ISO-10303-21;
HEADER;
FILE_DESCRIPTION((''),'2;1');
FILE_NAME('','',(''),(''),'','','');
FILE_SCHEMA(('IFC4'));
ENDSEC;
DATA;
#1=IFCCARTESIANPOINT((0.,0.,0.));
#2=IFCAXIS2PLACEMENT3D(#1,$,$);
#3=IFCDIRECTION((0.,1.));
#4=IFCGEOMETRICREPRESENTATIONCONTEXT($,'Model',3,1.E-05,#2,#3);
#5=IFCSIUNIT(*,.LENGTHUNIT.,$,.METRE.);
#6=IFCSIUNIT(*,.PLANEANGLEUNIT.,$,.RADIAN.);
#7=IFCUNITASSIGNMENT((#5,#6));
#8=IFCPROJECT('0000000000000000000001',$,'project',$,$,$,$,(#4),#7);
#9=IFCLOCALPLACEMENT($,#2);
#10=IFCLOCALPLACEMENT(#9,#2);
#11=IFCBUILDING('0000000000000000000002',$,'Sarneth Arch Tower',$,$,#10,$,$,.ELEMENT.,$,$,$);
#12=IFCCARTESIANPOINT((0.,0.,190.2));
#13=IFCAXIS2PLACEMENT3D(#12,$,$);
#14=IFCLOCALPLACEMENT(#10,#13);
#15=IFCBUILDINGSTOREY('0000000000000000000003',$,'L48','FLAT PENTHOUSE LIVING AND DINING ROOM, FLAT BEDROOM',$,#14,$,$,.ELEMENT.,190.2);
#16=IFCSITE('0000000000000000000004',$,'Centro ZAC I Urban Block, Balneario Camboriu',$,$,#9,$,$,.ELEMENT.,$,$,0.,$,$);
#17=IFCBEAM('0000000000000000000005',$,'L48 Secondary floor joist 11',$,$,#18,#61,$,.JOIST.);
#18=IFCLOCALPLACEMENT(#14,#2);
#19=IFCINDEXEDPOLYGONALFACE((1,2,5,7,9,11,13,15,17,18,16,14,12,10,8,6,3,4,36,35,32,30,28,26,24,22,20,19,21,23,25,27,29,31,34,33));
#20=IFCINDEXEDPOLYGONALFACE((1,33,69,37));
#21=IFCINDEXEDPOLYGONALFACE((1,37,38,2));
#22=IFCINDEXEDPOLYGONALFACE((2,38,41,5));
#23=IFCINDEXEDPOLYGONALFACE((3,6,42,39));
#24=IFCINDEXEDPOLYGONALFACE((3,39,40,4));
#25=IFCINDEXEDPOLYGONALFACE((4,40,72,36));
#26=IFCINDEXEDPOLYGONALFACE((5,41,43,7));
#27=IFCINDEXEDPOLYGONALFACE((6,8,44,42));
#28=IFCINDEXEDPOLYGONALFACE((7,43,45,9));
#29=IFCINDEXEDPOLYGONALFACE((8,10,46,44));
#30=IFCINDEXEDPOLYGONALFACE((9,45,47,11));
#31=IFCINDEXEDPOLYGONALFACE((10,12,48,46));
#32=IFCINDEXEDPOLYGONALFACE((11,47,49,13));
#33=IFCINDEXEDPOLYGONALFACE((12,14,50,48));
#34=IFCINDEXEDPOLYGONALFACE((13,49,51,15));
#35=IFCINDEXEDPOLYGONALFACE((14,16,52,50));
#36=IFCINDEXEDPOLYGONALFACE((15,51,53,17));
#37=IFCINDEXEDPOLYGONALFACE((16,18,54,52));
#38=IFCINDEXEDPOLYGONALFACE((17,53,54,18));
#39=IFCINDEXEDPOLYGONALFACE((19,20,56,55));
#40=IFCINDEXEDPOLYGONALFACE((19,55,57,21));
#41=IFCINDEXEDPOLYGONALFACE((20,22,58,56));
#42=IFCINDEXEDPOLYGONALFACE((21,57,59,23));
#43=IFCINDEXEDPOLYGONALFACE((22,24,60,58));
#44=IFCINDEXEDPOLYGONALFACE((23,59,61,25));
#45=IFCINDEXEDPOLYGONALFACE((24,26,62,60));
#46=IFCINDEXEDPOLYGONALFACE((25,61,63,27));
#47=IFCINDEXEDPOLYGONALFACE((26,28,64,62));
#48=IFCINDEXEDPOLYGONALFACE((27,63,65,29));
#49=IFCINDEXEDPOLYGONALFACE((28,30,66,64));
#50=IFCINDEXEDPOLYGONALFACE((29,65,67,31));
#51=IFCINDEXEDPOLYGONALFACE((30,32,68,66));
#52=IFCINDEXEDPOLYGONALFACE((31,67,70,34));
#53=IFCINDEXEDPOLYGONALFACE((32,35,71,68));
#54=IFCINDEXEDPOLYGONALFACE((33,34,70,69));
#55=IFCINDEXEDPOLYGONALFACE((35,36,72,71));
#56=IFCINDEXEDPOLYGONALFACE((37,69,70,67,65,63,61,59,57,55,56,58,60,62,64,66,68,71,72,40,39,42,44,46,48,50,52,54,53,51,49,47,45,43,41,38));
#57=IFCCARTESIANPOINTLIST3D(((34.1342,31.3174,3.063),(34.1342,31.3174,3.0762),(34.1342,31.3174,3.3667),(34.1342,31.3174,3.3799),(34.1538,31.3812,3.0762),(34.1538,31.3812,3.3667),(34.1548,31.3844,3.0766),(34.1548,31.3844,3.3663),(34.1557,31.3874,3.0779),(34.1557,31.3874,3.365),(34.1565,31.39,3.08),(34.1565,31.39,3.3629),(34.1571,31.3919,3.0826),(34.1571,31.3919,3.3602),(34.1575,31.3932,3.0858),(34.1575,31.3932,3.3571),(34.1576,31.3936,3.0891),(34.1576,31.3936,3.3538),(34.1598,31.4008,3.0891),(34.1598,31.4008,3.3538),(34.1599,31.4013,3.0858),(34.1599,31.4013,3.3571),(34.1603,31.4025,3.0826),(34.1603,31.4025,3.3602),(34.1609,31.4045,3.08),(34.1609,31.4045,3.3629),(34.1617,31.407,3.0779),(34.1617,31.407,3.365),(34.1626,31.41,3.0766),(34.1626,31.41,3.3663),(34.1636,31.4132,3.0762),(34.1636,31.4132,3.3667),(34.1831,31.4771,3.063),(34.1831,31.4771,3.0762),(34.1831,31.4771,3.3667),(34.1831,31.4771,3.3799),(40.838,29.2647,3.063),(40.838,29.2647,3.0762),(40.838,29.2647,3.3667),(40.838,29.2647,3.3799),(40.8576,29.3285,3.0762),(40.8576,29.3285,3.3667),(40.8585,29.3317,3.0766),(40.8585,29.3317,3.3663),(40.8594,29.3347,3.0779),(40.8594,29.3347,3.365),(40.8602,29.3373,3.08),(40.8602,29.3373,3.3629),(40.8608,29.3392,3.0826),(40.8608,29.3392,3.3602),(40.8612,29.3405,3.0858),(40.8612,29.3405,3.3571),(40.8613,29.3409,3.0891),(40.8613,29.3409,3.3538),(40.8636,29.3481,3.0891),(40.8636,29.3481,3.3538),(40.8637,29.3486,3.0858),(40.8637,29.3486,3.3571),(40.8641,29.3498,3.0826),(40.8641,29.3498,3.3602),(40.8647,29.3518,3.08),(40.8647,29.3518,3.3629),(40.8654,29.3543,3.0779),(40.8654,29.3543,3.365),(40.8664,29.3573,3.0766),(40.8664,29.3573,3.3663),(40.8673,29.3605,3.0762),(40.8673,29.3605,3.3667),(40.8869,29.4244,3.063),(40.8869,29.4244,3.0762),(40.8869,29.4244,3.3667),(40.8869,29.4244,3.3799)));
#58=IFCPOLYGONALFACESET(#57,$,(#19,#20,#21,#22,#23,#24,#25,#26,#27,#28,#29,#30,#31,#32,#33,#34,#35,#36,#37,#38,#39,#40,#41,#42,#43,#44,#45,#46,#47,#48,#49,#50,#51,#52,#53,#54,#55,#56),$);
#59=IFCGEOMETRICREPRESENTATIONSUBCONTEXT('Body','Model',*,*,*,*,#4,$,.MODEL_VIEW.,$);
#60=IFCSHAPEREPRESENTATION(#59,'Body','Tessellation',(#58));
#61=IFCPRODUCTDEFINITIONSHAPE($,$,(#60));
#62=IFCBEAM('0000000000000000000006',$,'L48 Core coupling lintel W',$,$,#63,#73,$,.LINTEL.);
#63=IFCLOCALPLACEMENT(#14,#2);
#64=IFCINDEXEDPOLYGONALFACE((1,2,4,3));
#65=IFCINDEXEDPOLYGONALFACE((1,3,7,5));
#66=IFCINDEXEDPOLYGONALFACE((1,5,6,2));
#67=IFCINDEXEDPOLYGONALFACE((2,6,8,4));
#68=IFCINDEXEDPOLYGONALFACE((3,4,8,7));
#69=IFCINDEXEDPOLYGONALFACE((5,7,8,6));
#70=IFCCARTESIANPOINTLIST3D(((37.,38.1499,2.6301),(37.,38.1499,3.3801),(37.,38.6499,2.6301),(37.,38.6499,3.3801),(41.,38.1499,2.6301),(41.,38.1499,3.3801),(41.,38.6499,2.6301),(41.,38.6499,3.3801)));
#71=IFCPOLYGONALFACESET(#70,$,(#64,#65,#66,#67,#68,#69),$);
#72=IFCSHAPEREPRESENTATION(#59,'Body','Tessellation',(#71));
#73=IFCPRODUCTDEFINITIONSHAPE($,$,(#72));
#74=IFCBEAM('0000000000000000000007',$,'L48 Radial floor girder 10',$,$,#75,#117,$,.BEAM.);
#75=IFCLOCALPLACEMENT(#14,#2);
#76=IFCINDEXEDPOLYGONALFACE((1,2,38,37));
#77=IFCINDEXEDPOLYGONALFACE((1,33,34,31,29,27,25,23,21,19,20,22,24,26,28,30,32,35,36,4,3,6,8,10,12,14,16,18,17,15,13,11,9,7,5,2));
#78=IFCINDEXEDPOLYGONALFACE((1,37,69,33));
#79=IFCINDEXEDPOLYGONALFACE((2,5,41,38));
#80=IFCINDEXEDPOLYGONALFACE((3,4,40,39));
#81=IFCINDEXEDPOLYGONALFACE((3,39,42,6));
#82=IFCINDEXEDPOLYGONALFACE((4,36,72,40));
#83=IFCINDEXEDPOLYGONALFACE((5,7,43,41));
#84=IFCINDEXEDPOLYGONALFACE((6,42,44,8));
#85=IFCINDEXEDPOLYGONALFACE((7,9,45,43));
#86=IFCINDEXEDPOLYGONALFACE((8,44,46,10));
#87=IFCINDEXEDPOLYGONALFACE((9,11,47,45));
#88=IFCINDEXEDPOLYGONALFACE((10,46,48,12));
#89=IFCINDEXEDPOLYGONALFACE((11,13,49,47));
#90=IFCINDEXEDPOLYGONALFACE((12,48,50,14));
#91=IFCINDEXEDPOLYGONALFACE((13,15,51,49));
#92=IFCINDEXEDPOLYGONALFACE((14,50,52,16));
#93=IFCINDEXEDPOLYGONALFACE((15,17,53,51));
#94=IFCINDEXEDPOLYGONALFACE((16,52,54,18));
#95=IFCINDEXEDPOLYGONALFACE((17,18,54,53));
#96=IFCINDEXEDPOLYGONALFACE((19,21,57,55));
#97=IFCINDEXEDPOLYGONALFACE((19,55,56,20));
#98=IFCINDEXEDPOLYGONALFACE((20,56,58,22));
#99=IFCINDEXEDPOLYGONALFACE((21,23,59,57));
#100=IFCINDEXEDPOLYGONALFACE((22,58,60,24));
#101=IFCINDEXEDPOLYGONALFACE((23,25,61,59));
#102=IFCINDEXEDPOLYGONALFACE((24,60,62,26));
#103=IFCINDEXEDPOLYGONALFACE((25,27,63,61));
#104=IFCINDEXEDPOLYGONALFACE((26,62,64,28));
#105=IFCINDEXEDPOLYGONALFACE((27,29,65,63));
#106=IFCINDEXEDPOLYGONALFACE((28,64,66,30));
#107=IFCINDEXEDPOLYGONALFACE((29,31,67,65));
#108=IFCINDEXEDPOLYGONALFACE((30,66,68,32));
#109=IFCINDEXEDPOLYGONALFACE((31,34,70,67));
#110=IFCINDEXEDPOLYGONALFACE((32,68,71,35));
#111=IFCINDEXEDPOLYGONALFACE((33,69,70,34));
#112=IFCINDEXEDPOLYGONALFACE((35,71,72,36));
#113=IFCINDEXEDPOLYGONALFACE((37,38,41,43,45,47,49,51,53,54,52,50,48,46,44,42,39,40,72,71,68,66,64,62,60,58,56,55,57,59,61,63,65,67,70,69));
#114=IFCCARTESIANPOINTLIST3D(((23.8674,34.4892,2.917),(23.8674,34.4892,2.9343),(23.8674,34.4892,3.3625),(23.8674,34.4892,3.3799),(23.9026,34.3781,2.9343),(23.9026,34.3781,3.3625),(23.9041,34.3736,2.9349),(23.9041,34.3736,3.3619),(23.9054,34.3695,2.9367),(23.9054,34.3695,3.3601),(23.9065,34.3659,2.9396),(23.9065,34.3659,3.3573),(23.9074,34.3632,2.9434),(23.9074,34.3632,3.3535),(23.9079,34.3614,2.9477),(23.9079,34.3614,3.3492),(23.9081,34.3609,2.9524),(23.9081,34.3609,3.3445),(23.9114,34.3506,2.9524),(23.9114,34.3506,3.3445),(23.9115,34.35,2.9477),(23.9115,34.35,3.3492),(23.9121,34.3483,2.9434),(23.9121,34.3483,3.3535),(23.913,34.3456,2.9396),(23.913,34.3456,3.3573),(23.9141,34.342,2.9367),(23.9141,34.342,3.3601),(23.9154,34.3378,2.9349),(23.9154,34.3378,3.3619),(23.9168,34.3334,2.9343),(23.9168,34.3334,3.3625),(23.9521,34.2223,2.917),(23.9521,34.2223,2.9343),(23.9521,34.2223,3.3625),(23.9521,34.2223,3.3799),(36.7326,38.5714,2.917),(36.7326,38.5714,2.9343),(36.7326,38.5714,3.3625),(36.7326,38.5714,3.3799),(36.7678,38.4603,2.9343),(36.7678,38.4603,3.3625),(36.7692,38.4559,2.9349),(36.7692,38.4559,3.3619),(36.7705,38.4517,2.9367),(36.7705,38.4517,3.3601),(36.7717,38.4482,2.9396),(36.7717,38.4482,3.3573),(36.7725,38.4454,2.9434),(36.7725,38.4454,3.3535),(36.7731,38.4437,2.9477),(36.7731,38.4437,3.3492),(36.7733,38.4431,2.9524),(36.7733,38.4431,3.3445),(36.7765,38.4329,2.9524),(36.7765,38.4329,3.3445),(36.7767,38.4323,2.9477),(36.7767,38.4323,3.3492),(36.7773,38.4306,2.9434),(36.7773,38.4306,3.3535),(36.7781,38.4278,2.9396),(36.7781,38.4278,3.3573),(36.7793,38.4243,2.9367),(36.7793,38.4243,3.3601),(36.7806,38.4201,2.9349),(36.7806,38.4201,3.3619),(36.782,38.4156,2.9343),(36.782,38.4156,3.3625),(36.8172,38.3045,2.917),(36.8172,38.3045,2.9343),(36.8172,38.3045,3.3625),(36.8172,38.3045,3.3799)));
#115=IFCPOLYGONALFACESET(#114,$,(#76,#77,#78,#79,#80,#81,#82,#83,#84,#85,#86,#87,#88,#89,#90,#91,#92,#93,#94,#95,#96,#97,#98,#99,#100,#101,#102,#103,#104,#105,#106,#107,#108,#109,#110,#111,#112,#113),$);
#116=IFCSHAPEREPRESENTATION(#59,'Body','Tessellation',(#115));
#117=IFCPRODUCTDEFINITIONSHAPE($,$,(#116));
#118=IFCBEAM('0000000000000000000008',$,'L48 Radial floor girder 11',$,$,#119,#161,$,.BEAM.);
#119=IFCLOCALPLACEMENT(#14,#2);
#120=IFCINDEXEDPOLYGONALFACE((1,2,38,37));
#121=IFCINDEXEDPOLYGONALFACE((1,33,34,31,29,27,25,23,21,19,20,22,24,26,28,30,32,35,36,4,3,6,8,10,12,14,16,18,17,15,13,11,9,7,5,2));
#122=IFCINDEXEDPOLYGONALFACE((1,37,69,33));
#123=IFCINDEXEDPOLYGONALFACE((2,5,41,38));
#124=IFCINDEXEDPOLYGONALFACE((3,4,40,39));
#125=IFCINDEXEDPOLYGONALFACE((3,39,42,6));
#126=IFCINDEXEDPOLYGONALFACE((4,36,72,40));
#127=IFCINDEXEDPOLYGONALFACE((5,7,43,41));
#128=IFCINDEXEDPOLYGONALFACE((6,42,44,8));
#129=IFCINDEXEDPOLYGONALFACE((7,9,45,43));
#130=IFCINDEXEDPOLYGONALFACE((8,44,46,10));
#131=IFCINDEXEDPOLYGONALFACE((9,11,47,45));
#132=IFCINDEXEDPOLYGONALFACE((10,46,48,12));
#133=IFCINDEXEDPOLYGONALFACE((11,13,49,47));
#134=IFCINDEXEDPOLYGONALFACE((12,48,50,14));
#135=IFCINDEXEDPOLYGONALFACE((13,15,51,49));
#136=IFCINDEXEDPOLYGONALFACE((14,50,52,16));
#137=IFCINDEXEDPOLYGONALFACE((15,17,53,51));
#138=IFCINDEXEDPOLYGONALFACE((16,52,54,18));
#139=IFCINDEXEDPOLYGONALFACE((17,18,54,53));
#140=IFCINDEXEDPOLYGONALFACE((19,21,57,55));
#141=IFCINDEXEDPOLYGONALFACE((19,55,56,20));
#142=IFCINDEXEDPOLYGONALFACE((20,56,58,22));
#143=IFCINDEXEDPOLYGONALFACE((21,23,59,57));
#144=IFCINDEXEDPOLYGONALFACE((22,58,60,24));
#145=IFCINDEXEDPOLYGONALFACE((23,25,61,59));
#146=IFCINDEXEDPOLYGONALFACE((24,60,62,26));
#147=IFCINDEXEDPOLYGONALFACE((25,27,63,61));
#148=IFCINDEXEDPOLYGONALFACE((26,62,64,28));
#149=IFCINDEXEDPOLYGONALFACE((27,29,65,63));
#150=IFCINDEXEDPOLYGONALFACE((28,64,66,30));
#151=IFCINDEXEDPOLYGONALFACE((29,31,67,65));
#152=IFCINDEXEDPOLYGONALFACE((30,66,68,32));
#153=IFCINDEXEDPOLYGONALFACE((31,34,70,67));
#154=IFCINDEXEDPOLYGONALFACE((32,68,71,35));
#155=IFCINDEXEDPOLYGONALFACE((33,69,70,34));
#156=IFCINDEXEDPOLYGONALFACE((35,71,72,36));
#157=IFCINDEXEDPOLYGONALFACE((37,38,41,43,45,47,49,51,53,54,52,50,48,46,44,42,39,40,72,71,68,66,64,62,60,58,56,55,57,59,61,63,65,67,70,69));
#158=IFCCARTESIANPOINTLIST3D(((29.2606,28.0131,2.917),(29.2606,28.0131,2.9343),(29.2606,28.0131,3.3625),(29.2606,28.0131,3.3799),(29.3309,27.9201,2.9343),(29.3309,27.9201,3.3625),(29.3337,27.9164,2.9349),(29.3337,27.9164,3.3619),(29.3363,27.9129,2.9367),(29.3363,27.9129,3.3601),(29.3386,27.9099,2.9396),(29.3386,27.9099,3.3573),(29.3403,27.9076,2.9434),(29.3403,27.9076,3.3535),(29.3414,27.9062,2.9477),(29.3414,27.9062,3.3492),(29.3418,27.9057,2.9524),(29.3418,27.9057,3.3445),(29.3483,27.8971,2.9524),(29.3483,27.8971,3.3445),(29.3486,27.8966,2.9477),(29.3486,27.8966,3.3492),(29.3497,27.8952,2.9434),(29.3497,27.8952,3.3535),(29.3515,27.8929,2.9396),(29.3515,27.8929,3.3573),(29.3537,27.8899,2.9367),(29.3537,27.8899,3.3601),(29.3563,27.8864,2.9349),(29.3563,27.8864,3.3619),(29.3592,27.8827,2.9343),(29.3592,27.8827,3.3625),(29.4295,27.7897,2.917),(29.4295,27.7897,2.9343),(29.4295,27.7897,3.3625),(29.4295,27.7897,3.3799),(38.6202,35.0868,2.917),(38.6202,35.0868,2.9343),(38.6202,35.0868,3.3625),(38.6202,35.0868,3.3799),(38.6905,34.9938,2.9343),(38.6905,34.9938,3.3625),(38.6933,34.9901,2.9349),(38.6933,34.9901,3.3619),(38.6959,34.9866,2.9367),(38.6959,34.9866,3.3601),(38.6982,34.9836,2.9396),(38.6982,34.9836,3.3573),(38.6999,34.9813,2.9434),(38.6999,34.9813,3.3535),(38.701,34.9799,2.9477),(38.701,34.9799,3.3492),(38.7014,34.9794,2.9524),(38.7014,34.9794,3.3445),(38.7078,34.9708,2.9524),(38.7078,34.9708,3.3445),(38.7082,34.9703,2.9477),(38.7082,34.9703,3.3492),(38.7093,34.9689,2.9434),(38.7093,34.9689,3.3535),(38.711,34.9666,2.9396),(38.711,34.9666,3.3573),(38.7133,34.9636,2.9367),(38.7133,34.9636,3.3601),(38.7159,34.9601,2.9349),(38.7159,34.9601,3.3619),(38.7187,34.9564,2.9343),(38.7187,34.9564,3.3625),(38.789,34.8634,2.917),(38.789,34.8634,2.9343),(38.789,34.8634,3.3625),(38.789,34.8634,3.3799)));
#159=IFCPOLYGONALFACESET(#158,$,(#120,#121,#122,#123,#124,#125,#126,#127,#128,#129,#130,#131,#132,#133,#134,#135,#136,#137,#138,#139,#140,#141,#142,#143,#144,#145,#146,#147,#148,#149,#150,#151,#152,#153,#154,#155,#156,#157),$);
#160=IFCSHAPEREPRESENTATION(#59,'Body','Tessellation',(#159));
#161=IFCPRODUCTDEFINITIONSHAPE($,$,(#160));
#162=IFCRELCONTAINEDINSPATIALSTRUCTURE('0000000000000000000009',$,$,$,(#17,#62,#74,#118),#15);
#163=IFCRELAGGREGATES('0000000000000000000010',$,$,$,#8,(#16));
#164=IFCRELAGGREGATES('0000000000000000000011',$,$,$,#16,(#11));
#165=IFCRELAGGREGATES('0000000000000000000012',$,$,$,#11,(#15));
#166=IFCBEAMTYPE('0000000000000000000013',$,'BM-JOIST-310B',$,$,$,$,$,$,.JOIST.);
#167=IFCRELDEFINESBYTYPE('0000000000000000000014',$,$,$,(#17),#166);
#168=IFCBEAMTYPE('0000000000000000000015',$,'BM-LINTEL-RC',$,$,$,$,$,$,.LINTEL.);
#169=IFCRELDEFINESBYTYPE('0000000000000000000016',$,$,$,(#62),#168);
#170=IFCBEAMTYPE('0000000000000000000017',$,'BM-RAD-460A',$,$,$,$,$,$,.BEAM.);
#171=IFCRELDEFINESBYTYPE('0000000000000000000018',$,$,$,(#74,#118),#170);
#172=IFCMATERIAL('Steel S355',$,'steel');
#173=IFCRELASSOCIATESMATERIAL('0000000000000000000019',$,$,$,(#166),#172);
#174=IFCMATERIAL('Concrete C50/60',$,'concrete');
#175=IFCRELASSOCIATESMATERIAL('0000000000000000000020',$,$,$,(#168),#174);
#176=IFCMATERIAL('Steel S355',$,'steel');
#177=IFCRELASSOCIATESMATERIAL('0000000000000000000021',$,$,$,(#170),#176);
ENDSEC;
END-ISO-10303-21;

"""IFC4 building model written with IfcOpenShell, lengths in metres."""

from ifc_helpers import new_model, si_unit, direction, frame, origin, origin_2d, place, context, subcontext, project, spatial, rectangle, i_section, extrude, material, material_profile, profile_set, type_object, element, save


model = new_model("IFC4")

# Units and contexts
model_context = context("Model", 3, precision=1e-05, world=origin(), true_north=direction((0.0, 1.0)))
body_context = subcontext(model_context, "Body", "Model", "MODEL_VIEW")
ifc_project = project(units=[si_unit("LENGTHUNIT", "METRE"), si_unit("PLANEANGLEUNIT", "RADIAN")], contexts=[model_context])

# Site, building, storey
site_placement = place(None, origin())
site = spatial("IfcSite", under=ifc_project, at=site_placement, Name="Centro ZAC I Urban Block, Balneario Camboriu", CompositionType="ELEMENT", RefElevation=0.0)
building_placement = place(site_placement, origin())
building = spatial("IfcBuilding", under=site, at=building_placement, Name="Sarneth Arch Tower", CompositionType="ELEMENT")
storey_placement = place(building_placement, frame((0.0, 0.0, 190.2)))
storey = spatial("IfcBuildingStorey", under=building, at=storey_placement, Name="L48", Description="FLAT PENTHOUSE LIVING AND DINING ROOM, FLAT BEDROOM", CompositionType="ELEMENT", Elevation=190.2)

# Beams
ifc_material_1 = material(Name="Steel S355", Category="steel")
ifc_material_profile_1 = material_profile(ifc_material_1, i_section(OverallWidth=0.167, OverallDepth=0.3169, WebThickness=0.0076, FlangeThickness=0.0132, FilletRadius=0.0129, at=origin_2d()), Name="W310x52")
ifc_profile_set_1 = profile_set([ifc_material_profile_1], Name="Steel S355")
beam_type_1 = type_object("IfcBeamType", Name="BM-JOIST-310B", PredefinedType="JOIST", material=ifc_profile_set_1)
beam_1_placement = place(storey_placement, frame((34.1587, 31.3972, 3.2214), z_axis=(0.956179, -0.292784, 0.0), x_axis=(0.292784, 0.956179, 0.0)))
element("IfcBeam", 1, at=beam_1_placement, inside=storey, type_object=beam_type_1, Name="L48 Secondary floor joist 11", PredefinedType="JOIST", context=body_context, shape_type="SweptSolid", body=[
    extrude(i_section(OverallWidth=0.167, OverallDepth=0.3169, WebThickness=0.0076, FlangeThickness=0.0132, FilletRadius=0.0129, at=origin_2d()), origin(), (0.0, 0.0, 1.0), 7.011),
])
ifc_material_2 = material(Name="Concrete C50/60", Category="concrete")
ifc_material_profile_2 = material_profile(ifc_material_2, rectangle(XDim=0.5, YDim=0.75, at=origin_2d()), Name="RC-500x750")
ifc_profile_set_2 = profile_set([ifc_material_profile_2], Name="Concrete C50/60")
beam_type_2 = type_object("IfcBeamType", Name="BM-LINTEL-RC", PredefinedType="LINTEL", material=ifc_profile_set_2)
beam_2_placement = place(storey_placement, frame((37.0, 38.3999, 3.0051), z_axis=(1.0, 0.0, 0.0), x_axis=(0.0, 1.0, 0.0)))
element("IfcBeam", 2, at=beam_2_placement, inside=storey, type_object=beam_type_2, Name="L48 Core coupling lintel W", PredefinedType="LINTEL", context=body_context, shape_type="SweptSolid", body=[
    extrude(rectangle(XDim=0.5, YDim=0.75, at=origin_2d()), origin(), (0.0, 0.0, 1.0), 4.0),
])
ifc_material_3 = material(Name="Steel S355", Category="steel")
ifc_material_profile_3 = material_profile(ifc_material_3, i_section(OverallWidth=0.28, OverallDepth=0.4629, WebThickness=0.0107, FlangeThickness=0.0173, FilletRadius=0.0181, at=origin_2d()), Name="W460x113")
ifc_profile_set_3 = profile_set([ifc_material_profile_3], Name="Steel S355")
beam_type_3 = type_object("IfcBeamType", Name="BM-RAD-460A", PredefinedType="BEAM", material=ifc_profile_set_3)
beam_3_placement = place(storey_placement, frame((36.7749, 38.438, 3.1484), z_axis=(-0.953165, -0.302449, 0.0), x_axis=(0.302449, -0.953165, 0.0)))
element("IfcBeam", 3, at=beam_3_placement, inside=storey, type_object=beam_type_3, Name="L48 Radial floor girder 10", PredefinedType="BEAM", context=body_context, shape_type="SweptSolid", body=[
    extrude(i_section(OverallWidth=0.28, OverallDepth=0.4629, WebThickness=0.0107, FlangeThickness=0.0173, FilletRadius=0.0181, at=origin_2d()), origin(), (0.0, 0.0, 1.0), 13.4973),
])
beam_4_placement = place(storey_placement, frame((38.7046, 34.9751, 3.1484), z_axis=(-0.797785, -0.602943, 0.0), x_axis=(0.602943, -0.797785, 0.0)))
element("IfcBeam", 4, at=beam_4_placement, inside=storey, type_object=beam_type_3, Name="L48 Radial floor girder 11", PredefinedType="BEAM", context=body_context, shape_type="SweptSolid", body=[
    extrude(i_section(OverallWidth=0.28, OverallDepth=0.4629, WebThickness=0.0107, FlangeThickness=0.0173, FilletRadius=0.0181, at=origin_2d()), origin(), (0.0, 0.0, 1.0), 11.7319),
])

save(model, "model.ifc")
